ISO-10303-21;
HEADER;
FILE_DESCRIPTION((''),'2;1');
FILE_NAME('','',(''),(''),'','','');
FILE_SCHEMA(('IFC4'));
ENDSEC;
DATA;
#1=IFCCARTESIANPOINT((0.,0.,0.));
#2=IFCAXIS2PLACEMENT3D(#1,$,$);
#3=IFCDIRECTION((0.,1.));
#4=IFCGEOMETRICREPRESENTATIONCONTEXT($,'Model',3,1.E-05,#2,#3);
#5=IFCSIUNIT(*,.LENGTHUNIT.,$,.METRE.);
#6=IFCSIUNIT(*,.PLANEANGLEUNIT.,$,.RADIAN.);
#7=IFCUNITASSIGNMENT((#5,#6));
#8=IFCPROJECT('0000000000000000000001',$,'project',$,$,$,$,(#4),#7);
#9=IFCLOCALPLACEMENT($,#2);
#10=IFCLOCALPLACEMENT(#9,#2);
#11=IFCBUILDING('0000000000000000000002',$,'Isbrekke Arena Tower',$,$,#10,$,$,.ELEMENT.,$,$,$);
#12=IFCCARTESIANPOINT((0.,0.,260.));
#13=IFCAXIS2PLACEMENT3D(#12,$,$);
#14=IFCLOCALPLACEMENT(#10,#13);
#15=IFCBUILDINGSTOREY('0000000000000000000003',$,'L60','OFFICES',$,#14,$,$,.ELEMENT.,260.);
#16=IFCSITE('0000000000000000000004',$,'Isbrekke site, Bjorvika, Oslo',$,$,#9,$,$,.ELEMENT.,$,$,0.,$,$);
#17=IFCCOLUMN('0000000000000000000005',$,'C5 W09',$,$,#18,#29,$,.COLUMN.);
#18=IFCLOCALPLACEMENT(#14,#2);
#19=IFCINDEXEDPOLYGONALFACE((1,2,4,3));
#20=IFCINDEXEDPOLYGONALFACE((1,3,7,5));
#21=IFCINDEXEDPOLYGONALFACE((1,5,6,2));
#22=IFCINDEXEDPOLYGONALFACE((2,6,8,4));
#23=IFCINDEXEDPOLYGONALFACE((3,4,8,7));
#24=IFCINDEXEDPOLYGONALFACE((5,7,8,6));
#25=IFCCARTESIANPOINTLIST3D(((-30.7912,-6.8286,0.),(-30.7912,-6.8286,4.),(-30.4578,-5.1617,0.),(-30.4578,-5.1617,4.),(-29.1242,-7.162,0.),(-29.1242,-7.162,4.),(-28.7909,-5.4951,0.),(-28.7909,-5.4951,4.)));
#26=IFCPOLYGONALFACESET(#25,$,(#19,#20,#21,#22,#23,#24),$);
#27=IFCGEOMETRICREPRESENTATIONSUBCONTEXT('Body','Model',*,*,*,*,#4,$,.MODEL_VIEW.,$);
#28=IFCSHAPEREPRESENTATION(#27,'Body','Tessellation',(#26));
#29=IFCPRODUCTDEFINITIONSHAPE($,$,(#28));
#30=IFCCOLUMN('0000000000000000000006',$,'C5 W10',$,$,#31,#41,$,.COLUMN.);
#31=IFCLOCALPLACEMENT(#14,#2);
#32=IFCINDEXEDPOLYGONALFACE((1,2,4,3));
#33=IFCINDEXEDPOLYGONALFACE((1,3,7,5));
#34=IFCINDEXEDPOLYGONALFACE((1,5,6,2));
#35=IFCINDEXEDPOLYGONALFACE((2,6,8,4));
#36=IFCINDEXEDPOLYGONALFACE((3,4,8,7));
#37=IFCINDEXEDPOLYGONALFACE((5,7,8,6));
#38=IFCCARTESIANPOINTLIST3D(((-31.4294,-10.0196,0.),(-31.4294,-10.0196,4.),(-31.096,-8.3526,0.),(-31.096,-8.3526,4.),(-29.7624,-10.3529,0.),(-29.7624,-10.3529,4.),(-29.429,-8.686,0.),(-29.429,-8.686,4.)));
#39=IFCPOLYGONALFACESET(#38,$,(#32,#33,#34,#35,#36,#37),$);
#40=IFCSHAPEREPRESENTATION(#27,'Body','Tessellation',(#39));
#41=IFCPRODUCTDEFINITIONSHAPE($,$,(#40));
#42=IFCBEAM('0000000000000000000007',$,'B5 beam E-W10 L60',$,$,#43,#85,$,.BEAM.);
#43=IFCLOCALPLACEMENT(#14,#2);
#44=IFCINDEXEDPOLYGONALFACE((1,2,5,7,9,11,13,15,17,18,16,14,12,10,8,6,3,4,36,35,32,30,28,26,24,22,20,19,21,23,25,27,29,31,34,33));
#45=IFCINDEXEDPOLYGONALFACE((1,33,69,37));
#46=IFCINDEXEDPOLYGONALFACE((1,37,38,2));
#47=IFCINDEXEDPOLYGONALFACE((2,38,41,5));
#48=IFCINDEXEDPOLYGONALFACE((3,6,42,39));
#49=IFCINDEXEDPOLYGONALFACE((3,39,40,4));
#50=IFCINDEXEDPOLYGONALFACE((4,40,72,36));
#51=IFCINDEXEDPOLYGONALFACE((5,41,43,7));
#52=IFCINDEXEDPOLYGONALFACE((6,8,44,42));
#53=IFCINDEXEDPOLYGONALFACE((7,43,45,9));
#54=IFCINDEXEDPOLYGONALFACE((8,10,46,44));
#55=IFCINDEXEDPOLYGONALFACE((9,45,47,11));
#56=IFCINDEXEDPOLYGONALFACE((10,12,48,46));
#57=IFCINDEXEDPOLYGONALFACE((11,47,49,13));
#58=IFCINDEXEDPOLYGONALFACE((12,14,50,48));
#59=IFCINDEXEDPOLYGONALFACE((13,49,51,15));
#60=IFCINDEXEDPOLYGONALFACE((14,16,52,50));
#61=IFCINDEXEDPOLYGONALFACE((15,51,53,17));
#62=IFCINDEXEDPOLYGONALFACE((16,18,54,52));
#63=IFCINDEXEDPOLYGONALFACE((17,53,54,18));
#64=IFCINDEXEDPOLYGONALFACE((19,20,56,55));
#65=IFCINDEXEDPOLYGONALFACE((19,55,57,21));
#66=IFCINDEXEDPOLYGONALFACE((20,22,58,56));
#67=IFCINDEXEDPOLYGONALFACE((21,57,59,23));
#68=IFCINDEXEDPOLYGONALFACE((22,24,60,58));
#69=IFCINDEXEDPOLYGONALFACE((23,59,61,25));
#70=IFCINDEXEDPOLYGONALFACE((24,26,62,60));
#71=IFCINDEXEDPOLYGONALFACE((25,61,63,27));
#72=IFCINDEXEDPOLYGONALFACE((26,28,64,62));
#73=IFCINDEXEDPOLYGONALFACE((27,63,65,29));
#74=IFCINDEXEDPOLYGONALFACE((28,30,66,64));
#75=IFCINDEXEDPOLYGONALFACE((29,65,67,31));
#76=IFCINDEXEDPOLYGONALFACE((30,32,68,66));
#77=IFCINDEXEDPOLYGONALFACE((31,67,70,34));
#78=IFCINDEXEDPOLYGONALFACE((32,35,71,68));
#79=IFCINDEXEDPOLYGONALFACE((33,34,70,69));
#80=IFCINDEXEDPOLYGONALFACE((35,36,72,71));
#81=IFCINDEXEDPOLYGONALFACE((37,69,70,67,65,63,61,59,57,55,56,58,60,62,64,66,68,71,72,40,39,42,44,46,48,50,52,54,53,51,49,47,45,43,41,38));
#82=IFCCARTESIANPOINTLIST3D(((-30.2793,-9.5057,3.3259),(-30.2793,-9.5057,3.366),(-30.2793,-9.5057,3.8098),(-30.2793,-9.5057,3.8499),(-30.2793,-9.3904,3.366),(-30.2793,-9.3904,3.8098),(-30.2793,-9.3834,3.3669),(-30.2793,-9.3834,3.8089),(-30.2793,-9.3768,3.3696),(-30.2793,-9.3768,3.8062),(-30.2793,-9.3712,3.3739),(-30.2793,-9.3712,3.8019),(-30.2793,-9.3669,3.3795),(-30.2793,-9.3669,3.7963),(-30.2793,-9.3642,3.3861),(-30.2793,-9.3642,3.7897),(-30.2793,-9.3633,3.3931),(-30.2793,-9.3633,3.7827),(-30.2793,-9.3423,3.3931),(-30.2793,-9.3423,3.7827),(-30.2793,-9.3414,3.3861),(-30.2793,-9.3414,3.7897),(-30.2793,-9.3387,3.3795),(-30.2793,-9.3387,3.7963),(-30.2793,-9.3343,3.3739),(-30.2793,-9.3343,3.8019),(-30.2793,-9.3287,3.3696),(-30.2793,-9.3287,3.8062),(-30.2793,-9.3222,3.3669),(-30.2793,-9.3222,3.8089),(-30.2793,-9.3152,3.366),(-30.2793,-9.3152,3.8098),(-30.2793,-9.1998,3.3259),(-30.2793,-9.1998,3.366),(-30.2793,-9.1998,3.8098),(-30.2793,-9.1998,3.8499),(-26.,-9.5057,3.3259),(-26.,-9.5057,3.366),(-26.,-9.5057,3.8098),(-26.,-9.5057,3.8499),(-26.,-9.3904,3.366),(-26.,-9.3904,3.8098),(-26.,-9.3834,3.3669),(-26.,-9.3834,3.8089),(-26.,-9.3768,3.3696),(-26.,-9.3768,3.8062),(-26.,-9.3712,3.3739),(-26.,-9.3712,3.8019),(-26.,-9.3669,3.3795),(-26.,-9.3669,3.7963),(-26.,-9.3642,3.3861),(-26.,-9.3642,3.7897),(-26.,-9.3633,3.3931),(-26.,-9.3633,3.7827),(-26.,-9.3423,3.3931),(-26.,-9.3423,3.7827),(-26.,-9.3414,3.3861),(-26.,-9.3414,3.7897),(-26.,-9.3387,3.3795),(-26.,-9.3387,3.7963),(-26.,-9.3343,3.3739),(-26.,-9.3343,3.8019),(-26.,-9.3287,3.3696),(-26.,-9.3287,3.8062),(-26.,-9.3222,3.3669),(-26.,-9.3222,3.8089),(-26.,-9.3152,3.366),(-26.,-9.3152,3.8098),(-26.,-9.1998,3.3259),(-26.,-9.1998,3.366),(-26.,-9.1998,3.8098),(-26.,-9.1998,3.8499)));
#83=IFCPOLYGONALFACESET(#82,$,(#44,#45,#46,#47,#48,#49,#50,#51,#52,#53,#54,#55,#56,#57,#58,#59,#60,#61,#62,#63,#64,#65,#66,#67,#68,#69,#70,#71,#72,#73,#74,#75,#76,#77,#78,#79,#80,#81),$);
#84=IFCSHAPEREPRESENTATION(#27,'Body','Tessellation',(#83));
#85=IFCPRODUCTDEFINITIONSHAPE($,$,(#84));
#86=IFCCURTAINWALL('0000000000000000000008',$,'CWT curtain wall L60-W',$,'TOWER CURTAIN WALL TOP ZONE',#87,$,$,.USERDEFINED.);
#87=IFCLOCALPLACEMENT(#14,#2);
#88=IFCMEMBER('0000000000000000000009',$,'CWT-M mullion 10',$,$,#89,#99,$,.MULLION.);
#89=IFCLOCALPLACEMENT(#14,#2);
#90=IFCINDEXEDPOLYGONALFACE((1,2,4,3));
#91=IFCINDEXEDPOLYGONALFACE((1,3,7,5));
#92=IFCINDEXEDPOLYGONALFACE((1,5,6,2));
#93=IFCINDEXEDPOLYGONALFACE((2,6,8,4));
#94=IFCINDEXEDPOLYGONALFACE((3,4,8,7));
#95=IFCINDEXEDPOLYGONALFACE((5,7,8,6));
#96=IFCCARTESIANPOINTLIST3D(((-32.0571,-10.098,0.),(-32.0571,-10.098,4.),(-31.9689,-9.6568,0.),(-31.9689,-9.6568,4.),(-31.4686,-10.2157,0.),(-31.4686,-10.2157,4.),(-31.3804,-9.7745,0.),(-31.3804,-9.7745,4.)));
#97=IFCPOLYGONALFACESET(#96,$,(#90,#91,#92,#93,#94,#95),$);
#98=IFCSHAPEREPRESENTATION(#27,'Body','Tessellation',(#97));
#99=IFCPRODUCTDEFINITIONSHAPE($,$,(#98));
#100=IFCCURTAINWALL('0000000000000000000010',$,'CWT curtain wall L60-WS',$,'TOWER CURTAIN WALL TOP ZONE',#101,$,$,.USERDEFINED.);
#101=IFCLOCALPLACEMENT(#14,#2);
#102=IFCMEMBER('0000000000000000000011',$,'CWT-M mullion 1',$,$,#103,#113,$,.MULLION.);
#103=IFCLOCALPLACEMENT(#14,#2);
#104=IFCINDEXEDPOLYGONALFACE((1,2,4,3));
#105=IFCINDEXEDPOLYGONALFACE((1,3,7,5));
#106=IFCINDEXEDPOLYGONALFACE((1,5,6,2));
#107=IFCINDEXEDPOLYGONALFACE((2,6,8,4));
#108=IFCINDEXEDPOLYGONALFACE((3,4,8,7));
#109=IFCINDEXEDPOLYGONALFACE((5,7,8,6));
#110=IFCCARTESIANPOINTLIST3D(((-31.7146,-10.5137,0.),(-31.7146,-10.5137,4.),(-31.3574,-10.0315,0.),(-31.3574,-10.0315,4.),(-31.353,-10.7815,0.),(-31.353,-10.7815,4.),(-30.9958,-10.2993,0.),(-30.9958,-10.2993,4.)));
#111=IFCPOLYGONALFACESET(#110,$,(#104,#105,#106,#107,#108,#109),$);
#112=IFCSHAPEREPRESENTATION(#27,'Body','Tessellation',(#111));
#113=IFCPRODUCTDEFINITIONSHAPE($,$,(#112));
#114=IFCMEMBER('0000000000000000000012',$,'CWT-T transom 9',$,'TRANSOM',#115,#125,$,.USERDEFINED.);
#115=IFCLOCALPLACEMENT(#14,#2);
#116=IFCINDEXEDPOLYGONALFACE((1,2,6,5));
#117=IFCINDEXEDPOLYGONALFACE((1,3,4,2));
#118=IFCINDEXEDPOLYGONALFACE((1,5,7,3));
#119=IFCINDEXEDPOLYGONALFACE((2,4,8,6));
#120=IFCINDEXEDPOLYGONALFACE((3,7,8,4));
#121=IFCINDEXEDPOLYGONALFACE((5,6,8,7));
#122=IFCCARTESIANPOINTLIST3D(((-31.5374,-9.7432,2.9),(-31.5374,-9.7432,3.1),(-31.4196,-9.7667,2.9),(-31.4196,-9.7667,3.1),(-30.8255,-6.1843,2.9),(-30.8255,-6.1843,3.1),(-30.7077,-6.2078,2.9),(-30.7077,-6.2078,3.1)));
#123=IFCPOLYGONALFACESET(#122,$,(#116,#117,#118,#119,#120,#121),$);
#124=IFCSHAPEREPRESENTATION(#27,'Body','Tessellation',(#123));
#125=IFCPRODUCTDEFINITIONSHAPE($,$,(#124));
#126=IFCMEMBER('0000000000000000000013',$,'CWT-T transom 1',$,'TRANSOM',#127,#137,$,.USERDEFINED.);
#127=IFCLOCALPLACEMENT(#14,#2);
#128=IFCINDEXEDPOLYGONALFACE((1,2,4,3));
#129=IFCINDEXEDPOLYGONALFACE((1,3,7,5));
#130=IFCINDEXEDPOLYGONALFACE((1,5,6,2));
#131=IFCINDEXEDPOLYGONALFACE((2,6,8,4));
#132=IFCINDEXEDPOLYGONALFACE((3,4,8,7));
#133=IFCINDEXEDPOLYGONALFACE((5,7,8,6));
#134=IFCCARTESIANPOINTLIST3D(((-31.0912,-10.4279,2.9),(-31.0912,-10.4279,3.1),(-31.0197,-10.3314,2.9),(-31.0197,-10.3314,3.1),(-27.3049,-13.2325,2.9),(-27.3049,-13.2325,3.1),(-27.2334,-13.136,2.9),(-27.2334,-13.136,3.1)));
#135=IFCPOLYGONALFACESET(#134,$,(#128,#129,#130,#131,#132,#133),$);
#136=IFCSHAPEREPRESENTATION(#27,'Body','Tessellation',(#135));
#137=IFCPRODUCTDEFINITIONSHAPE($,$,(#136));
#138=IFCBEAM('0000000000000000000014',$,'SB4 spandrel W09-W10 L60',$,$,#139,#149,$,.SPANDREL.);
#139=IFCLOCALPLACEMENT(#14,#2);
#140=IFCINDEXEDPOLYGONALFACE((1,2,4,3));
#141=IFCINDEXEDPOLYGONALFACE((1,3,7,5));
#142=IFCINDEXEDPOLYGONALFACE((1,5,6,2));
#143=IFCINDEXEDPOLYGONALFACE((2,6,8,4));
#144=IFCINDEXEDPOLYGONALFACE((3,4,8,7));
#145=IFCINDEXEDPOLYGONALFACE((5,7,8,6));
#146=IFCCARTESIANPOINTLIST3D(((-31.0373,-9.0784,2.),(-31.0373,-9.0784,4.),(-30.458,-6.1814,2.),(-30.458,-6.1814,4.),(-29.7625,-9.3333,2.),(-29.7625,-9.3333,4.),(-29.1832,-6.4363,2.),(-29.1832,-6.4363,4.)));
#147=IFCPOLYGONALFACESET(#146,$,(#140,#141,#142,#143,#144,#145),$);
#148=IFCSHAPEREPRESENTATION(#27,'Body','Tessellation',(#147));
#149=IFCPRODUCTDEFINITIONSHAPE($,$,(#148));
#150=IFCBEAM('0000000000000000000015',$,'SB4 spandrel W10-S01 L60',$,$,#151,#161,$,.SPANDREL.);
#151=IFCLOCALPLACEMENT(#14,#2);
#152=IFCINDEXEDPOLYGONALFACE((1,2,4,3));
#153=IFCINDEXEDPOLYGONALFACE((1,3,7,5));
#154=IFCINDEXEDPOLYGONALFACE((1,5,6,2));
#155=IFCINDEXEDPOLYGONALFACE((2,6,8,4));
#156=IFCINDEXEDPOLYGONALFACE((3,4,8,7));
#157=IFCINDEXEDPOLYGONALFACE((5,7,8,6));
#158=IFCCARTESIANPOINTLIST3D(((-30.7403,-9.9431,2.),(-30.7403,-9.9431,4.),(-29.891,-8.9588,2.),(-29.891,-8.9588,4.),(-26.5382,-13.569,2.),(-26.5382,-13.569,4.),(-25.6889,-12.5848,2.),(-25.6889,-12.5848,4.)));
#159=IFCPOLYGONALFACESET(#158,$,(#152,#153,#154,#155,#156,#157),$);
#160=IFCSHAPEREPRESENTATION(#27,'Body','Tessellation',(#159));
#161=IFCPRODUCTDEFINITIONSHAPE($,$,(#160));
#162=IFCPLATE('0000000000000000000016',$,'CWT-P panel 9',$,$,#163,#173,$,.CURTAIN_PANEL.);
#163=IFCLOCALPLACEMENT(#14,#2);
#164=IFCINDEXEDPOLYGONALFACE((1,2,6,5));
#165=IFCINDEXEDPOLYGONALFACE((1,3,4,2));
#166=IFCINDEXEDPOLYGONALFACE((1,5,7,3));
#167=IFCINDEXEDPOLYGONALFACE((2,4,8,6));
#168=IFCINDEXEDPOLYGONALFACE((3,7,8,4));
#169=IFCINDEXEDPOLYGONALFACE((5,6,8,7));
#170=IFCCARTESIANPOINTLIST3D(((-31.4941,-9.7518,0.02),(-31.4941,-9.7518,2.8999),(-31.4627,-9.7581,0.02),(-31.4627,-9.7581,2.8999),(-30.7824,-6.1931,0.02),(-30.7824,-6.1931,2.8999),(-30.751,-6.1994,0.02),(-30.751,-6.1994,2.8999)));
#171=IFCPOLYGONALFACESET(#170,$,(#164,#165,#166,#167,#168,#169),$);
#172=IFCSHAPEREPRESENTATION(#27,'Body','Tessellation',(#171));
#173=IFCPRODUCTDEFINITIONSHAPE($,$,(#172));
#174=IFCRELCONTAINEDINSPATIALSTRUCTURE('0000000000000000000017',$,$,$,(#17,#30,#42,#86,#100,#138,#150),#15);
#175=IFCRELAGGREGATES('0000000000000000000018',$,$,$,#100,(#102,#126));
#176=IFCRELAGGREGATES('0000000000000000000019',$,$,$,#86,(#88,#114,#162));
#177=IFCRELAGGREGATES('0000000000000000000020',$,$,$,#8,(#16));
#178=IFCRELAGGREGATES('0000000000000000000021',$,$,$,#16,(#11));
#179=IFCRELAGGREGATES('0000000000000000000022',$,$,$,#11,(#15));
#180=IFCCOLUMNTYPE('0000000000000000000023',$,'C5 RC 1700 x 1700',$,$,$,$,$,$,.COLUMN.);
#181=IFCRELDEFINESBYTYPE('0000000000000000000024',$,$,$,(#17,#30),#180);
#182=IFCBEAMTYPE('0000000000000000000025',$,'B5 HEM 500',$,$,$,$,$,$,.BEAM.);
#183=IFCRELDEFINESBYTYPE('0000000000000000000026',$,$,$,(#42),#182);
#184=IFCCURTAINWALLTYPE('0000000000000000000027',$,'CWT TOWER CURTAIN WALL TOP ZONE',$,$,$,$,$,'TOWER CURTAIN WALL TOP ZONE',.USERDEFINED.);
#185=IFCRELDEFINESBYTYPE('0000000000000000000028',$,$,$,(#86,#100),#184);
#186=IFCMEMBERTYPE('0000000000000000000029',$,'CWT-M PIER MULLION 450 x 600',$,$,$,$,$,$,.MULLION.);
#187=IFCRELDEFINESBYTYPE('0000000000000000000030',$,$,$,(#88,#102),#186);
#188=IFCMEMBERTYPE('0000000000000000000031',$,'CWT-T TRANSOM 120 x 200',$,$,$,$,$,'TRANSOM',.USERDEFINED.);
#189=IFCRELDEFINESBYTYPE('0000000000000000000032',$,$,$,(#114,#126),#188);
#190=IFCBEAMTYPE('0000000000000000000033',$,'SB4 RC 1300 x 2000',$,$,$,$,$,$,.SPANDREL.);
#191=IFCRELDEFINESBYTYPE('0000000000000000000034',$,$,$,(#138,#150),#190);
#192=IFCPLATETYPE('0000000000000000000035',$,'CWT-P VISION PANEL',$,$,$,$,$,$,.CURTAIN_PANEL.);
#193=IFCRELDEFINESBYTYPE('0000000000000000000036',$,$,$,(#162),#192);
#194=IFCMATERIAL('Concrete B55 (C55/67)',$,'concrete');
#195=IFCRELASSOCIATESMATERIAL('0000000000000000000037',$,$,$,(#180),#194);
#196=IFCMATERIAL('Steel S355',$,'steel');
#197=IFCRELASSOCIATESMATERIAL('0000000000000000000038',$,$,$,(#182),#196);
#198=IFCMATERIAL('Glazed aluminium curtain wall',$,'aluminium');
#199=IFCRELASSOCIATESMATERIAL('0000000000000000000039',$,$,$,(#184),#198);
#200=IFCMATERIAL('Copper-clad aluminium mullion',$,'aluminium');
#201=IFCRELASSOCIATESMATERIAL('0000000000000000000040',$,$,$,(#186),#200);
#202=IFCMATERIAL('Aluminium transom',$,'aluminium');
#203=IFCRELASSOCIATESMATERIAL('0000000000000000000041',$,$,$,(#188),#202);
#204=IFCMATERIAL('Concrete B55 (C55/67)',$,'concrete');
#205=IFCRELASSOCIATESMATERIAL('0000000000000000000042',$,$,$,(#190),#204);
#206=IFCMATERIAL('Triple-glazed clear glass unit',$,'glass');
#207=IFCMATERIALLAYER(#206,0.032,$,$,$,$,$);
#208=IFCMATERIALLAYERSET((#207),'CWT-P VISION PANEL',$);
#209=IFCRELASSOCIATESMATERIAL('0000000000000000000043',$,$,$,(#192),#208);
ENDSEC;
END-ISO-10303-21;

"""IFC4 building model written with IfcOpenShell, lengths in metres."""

from ifc_helpers import new_model, si_unit, direction, frame, origin, origin_2d, place, context, subcontext, project, spatial, rectangle, i_section, extrude, material, layer, layer_set, material_profile, profile_set, type_object, element, aggregate, save


model = new_model("IFC4")

# Units and contexts
model_context = context("Model", 3, precision=1e-05, world=origin(), true_north=direction((0.0, 1.0)))
body_context = subcontext(model_context, "Body", "Model", "MODEL_VIEW")
ifc_project = project(units=[si_unit("LENGTHUNIT", "METRE"), si_unit("PLANEANGLEUNIT", "RADIAN")], contexts=[model_context])

# Site, building, storey
site_placement = place(None, origin())
site = spatial("IfcSite", under=ifc_project, at=site_placement, Name="Isbrekke site, Bjorvika, Oslo", CompositionType="ELEMENT", RefElevation=0.0)
building_placement = place(site_placement, origin())
building = spatial("IfcBuilding", under=site, at=building_placement, Name="Isbrekke Arena Tower", CompositionType="ELEMENT")
storey_placement = place(building_placement, frame((0.0, 0.0, 260.0)))
storey = spatial("IfcBuildingStorey", under=building, at=storey_placement, Name="L60", Description="OFFICES", CompositionType="ELEMENT", Elevation=260.0)

# Columns
ifc_material_1 = material(Name="Concrete B55 (C55/67)", Category="concrete")
ifc_material_profile_1 = material_profile(ifc_material_1, rectangle(XDim=1.7, YDim=1.7, at=origin_2d()), Name="RC 1700x1700")
ifc_profile_set_1 = profile_set([ifc_material_profile_1], Name="Concrete B55 (C55/67)")
column_type = type_object("IfcColumnType", Name="C5 RC 1700 x 1700", PredefinedType="COLUMN", material=ifc_profile_set_1)
for number, where, z_axis, x_axis, name in (
    (1, (-29.791, -6.1619, 0.0), (0.0, 0.0, 1.0), (-0.196116, -0.980581, 0.0), "C5 W09"),
    (2, (-30.4292, -9.3528, 0.0), (0.0, 0.0, 1.0), (-0.196116, -0.980581, 0.0), "C5 W10"),
):
    element("IfcColumn", number, at=place(storey_placement, frame(where, z_axis=z_axis, x_axis=x_axis)), inside=storey, type_object=column_type, Name=name, PredefinedType="COLUMN", context=body_context, shape_type="SweptSolid", body=[
        extrude(rectangle(XDim=1.7, YDim=1.7, at=origin_2d()), origin(), (0.0, 0.0, 1.0), 4.0),
    ])

# Beam
ifc_material_2 = material(Name="Steel S355", Category="steel")
ifc_material_profile_2 = material_profile(ifc_material_2, i_section(OverallWidth=0.3059, OverallDepth=0.5239, WebThickness=0.021, FlangeThickness=0.04, FilletRadius=0.0271, at=origin_2d()), Name="HEM 500")
ifc_profile_set_2 = profile_set([ifc_material_profile_2], Name="Steel S355")
beam_type_1 = type_object("IfcBeamType", Name="B5 HEM 500", PredefinedType="BEAM", material=ifc_profile_set_2)
beam_1_placement = place(storey_placement, frame((-30.2793, -9.3528, 3.5879), z_axis=(1.0, 0.0, 0.0), x_axis=(0.0, 1.0, 0.0)))
element("IfcBeam", 3, at=beam_1_placement, inside=storey, type_object=beam_type_1, Name="B5 beam E-W10 L60", PredefinedType="BEAM", context=body_context, shape_type="SweptSolid", body=[
    extrude(i_section(OverallWidth=0.3059, OverallDepth=0.5239, WebThickness=0.021, FlangeThickness=0.04, FilletRadius=0.0271, at=origin_2d()), origin(), (0.0, 0.0, 1.0), 4.2793),
])

# Curtain walls, members
ifc_material_3 = material(Name="Glazed aluminium curtain wall", Category="aluminium")
curtain_wall_type = type_object("IfcCurtainWallType", Name="CWT TOWER CURTAIN WALL TOP ZONE", ElementType="TOWER CURTAIN WALL TOP ZONE", PredefinedType="USERDEFINED", material=ifc_material_3)
curtain_wall_1_placement = place(storey_placement, origin())
curtain_wall_1 = element("IfcCurtainWall", 4, at=curtain_wall_1_placement, inside=storey, type_object=curtain_wall_type, Name="CWT curtain wall L60-W", ObjectType="TOWER CURTAIN WALL TOP ZONE", PredefinedType="USERDEFINED")
ifc_material_4 = material(Name="Copper-clad aluminium mullion", Category="aluminium")
ifc_material_profile_3 = material_profile(ifc_material_4, rectangle(XDim=0.45, YDim=0.6001, at=origin_2d()), Name="PIER 450X600")
ifc_profile_set_3 = profile_set([ifc_material_profile_3], Name="Copper-clad aluminium mullion")
member_type_1 = type_object("IfcMemberType", Name="CWT-M PIER MULLION 450 x 600", PredefinedType="MULLION", material=ifc_profile_set_3)
member_1_placement = place(storey_placement, frame((-31.7188, -9.9363, 0.0), z_axis=(0.0, 0.0, 1.0), x_axis=(-0.196116, -0.980581, 0.0)))
member_1 = element("IfcMember", 5, at=member_1_placement, type_object=member_type_1, Name="CWT-M mullion 10", PredefinedType="MULLION", context=body_context, shape_type="SweptSolid", body=[
    extrude(rectangle(XDim=0.45, YDim=0.6001, at=origin_2d()), origin(), (0.0, 0.0, 1.0), 4.0),
])
curtain_wall_2_placement = place(storey_placement, origin())
curtain_wall_2 = element("IfcCurtainWall", 6, at=curtain_wall_2_placement, inside=storey, type_object=curtain_wall_type, Name="CWT curtain wall L60-WS", ObjectType="TOWER CURTAIN WALL TOP ZONE", PredefinedType="USERDEFINED")
member_2_placement = place(storey_placement, frame((-31.3552, -10.4065, 0.0), z_axis=(0.0, 0.0, 1.0), x_axis=(0.803557, -0.595228, 0.0)))
member_2 = element("IfcMember", 7, at=member_2_placement, type_object=member_type_1, Name="CWT-M mullion 1", PredefinedType="MULLION", context=body_context, shape_type="SweptSolid", body=[
    extrude(rectangle(XDim=0.45, YDim=0.6001, at=origin_2d()), origin(), (0.0, 0.0, 1.0), 4.0),
])

# Members
ifc_material_5 = material(Name="Aluminium transom", Category="aluminium")
ifc_material_profile_4 = material_profile(ifc_material_5, rectangle(XDim=0.1201, YDim=0.2, at=origin_2d()), Name="TRANSOM 120X200")
ifc_profile_set_4 = profile_set([ifc_material_profile_4], Name="Aluminium transom")
member_type_2 = type_object("IfcMemberType", Name="CWT-T TRANSOM 120 x 200", ElementType="TRANSOM", PredefinedType="USERDEFINED", material=ifc_profile_set_4)
member_3_placement = place(storey_placement, frame((-30.7666, -6.196, 3.0), z_axis=(-0.196155, -0.980573, 0.0), x_axis=(0.980573, -0.196155, 0.0)))
member_3 = element("IfcMember", 8, at=member_3_placement, type_object=member_type_2, Name="CWT-T transom 9", ObjectType="TRANSOM", PredefinedType="USERDEFINED", context=body_context, shape_type="SweptSolid", body=[
    extrude(rectangle(XDim=0.1201, YDim=0.2, at=origin_2d()), origin(), (0.0, 0.0, 1.0), 3.6294),
])
member_4_placement = place(storey_placement, frame((-31.0554, -10.3796, 3.0), z_axis=(0.803561, -0.595223, 0.0), x_axis=(0.595223, 0.803561, 0.0)))
member_4 = element("IfcMember", 9, at=member_4_placement, type_object=member_type_2, Name="CWT-T transom 1", ObjectType="TRANSOM", PredefinedType="USERDEFINED", context=body_context, shape_type="SweptSolid", body=[
    extrude(rectangle(XDim=0.1201, YDim=0.2, at=origin_2d()), origin(), (0.0, 0.0, 1.0), 4.7119),
])
aggregate(curtain_wall_2, [member_2, member_4])

# Beams
ifc_material_6 = material(Name="Concrete B55 (C55/67)", Category="concrete")
ifc_material_profile_5 = material_profile(ifc_material_6, rectangle(XDim=1.3, YDim=2.0, at=origin_2d()), Name="RC 1300x2000")
ifc_profile_set_5 = profile_set([ifc_material_profile_5], Name="Concrete B55 (C55/67)")
beam_type_2 = type_object("IfcBeamType", Name="SB4 RC 1300 x 2000", PredefinedType="SPANDREL", material=ifc_profile_set_5)
beam_2_placement = place(storey_placement, frame((-29.8206, -6.3088, 3.0), z_axis=(-0.1961, -0.980584, 0.0), x_axis=(0.980584, -0.1961, 0.0)))
element("IfcBeam", 10, at=beam_2_placement, inside=storey, type_object=beam_type_2, Name="SB4 spandrel W09-W10 L60", PredefinedType="SPANDREL", context=body_context, shape_type="SweptSolid", body=[
    extrude(rectangle(XDim=1.3, YDim=2.0, at=origin_2d()), origin(), (0.0, 0.0, 1.0), 2.9543),
])
beam_3_placement = place(storey_placement, frame((-30.3157, -9.4509, 3.0), z_axis=(0.757104, -0.653295, 0.0), x_axis=(0.653295, 0.757104, 0.0)))
element("IfcBeam", 11, at=beam_3_placement, inside=storey, type_object=beam_type_2, Name="SB4 spandrel W10-S01 L60", PredefinedType="SPANDREL", context=body_context, shape_type="SweptSolid", body=[
    extrude(rectangle(XDim=1.3, YDim=2.0, at=origin_2d()), origin(), (0.0, 0.0, 1.0), 5.5503),
])

# Plate
ifc_material_7 = material(Name="Triple-glazed clear glass unit", Category="glass")
ifc_layer = layer(ifc_material_7, 0.032)
ifc_layer_set = layer_set([ifc_layer], Name="CWT-P VISION PANEL")
plate_type = type_object("IfcPlateType", Name="CWT-P VISION PANEL", PredefinedType="CURTAIN_PANEL", material=ifc_layer_set)
plate_placement = place(storey_placement, frame((-31.1226, -7.9756, 0.02), z_axis=(0.0, 0.0, 1.0), x_axis=(-0.196116, -0.980581, 0.0)))
plate = element("IfcPlate", 12, at=plate_placement, type_object=plate_type, Name="CWT-P panel 9", PredefinedType="CURTAIN_PANEL", context=body_context, shape_type="SweptSolid", body=[
    extrude(rectangle(XDim=3.6292, YDim=0.032, at=origin_2d()), origin(), (0.0, 0.0, 1.0), 2.8799),
])
aggregate(curtain_wall_1, [member_1, member_3, plate])

save(model, "model.ifc")
